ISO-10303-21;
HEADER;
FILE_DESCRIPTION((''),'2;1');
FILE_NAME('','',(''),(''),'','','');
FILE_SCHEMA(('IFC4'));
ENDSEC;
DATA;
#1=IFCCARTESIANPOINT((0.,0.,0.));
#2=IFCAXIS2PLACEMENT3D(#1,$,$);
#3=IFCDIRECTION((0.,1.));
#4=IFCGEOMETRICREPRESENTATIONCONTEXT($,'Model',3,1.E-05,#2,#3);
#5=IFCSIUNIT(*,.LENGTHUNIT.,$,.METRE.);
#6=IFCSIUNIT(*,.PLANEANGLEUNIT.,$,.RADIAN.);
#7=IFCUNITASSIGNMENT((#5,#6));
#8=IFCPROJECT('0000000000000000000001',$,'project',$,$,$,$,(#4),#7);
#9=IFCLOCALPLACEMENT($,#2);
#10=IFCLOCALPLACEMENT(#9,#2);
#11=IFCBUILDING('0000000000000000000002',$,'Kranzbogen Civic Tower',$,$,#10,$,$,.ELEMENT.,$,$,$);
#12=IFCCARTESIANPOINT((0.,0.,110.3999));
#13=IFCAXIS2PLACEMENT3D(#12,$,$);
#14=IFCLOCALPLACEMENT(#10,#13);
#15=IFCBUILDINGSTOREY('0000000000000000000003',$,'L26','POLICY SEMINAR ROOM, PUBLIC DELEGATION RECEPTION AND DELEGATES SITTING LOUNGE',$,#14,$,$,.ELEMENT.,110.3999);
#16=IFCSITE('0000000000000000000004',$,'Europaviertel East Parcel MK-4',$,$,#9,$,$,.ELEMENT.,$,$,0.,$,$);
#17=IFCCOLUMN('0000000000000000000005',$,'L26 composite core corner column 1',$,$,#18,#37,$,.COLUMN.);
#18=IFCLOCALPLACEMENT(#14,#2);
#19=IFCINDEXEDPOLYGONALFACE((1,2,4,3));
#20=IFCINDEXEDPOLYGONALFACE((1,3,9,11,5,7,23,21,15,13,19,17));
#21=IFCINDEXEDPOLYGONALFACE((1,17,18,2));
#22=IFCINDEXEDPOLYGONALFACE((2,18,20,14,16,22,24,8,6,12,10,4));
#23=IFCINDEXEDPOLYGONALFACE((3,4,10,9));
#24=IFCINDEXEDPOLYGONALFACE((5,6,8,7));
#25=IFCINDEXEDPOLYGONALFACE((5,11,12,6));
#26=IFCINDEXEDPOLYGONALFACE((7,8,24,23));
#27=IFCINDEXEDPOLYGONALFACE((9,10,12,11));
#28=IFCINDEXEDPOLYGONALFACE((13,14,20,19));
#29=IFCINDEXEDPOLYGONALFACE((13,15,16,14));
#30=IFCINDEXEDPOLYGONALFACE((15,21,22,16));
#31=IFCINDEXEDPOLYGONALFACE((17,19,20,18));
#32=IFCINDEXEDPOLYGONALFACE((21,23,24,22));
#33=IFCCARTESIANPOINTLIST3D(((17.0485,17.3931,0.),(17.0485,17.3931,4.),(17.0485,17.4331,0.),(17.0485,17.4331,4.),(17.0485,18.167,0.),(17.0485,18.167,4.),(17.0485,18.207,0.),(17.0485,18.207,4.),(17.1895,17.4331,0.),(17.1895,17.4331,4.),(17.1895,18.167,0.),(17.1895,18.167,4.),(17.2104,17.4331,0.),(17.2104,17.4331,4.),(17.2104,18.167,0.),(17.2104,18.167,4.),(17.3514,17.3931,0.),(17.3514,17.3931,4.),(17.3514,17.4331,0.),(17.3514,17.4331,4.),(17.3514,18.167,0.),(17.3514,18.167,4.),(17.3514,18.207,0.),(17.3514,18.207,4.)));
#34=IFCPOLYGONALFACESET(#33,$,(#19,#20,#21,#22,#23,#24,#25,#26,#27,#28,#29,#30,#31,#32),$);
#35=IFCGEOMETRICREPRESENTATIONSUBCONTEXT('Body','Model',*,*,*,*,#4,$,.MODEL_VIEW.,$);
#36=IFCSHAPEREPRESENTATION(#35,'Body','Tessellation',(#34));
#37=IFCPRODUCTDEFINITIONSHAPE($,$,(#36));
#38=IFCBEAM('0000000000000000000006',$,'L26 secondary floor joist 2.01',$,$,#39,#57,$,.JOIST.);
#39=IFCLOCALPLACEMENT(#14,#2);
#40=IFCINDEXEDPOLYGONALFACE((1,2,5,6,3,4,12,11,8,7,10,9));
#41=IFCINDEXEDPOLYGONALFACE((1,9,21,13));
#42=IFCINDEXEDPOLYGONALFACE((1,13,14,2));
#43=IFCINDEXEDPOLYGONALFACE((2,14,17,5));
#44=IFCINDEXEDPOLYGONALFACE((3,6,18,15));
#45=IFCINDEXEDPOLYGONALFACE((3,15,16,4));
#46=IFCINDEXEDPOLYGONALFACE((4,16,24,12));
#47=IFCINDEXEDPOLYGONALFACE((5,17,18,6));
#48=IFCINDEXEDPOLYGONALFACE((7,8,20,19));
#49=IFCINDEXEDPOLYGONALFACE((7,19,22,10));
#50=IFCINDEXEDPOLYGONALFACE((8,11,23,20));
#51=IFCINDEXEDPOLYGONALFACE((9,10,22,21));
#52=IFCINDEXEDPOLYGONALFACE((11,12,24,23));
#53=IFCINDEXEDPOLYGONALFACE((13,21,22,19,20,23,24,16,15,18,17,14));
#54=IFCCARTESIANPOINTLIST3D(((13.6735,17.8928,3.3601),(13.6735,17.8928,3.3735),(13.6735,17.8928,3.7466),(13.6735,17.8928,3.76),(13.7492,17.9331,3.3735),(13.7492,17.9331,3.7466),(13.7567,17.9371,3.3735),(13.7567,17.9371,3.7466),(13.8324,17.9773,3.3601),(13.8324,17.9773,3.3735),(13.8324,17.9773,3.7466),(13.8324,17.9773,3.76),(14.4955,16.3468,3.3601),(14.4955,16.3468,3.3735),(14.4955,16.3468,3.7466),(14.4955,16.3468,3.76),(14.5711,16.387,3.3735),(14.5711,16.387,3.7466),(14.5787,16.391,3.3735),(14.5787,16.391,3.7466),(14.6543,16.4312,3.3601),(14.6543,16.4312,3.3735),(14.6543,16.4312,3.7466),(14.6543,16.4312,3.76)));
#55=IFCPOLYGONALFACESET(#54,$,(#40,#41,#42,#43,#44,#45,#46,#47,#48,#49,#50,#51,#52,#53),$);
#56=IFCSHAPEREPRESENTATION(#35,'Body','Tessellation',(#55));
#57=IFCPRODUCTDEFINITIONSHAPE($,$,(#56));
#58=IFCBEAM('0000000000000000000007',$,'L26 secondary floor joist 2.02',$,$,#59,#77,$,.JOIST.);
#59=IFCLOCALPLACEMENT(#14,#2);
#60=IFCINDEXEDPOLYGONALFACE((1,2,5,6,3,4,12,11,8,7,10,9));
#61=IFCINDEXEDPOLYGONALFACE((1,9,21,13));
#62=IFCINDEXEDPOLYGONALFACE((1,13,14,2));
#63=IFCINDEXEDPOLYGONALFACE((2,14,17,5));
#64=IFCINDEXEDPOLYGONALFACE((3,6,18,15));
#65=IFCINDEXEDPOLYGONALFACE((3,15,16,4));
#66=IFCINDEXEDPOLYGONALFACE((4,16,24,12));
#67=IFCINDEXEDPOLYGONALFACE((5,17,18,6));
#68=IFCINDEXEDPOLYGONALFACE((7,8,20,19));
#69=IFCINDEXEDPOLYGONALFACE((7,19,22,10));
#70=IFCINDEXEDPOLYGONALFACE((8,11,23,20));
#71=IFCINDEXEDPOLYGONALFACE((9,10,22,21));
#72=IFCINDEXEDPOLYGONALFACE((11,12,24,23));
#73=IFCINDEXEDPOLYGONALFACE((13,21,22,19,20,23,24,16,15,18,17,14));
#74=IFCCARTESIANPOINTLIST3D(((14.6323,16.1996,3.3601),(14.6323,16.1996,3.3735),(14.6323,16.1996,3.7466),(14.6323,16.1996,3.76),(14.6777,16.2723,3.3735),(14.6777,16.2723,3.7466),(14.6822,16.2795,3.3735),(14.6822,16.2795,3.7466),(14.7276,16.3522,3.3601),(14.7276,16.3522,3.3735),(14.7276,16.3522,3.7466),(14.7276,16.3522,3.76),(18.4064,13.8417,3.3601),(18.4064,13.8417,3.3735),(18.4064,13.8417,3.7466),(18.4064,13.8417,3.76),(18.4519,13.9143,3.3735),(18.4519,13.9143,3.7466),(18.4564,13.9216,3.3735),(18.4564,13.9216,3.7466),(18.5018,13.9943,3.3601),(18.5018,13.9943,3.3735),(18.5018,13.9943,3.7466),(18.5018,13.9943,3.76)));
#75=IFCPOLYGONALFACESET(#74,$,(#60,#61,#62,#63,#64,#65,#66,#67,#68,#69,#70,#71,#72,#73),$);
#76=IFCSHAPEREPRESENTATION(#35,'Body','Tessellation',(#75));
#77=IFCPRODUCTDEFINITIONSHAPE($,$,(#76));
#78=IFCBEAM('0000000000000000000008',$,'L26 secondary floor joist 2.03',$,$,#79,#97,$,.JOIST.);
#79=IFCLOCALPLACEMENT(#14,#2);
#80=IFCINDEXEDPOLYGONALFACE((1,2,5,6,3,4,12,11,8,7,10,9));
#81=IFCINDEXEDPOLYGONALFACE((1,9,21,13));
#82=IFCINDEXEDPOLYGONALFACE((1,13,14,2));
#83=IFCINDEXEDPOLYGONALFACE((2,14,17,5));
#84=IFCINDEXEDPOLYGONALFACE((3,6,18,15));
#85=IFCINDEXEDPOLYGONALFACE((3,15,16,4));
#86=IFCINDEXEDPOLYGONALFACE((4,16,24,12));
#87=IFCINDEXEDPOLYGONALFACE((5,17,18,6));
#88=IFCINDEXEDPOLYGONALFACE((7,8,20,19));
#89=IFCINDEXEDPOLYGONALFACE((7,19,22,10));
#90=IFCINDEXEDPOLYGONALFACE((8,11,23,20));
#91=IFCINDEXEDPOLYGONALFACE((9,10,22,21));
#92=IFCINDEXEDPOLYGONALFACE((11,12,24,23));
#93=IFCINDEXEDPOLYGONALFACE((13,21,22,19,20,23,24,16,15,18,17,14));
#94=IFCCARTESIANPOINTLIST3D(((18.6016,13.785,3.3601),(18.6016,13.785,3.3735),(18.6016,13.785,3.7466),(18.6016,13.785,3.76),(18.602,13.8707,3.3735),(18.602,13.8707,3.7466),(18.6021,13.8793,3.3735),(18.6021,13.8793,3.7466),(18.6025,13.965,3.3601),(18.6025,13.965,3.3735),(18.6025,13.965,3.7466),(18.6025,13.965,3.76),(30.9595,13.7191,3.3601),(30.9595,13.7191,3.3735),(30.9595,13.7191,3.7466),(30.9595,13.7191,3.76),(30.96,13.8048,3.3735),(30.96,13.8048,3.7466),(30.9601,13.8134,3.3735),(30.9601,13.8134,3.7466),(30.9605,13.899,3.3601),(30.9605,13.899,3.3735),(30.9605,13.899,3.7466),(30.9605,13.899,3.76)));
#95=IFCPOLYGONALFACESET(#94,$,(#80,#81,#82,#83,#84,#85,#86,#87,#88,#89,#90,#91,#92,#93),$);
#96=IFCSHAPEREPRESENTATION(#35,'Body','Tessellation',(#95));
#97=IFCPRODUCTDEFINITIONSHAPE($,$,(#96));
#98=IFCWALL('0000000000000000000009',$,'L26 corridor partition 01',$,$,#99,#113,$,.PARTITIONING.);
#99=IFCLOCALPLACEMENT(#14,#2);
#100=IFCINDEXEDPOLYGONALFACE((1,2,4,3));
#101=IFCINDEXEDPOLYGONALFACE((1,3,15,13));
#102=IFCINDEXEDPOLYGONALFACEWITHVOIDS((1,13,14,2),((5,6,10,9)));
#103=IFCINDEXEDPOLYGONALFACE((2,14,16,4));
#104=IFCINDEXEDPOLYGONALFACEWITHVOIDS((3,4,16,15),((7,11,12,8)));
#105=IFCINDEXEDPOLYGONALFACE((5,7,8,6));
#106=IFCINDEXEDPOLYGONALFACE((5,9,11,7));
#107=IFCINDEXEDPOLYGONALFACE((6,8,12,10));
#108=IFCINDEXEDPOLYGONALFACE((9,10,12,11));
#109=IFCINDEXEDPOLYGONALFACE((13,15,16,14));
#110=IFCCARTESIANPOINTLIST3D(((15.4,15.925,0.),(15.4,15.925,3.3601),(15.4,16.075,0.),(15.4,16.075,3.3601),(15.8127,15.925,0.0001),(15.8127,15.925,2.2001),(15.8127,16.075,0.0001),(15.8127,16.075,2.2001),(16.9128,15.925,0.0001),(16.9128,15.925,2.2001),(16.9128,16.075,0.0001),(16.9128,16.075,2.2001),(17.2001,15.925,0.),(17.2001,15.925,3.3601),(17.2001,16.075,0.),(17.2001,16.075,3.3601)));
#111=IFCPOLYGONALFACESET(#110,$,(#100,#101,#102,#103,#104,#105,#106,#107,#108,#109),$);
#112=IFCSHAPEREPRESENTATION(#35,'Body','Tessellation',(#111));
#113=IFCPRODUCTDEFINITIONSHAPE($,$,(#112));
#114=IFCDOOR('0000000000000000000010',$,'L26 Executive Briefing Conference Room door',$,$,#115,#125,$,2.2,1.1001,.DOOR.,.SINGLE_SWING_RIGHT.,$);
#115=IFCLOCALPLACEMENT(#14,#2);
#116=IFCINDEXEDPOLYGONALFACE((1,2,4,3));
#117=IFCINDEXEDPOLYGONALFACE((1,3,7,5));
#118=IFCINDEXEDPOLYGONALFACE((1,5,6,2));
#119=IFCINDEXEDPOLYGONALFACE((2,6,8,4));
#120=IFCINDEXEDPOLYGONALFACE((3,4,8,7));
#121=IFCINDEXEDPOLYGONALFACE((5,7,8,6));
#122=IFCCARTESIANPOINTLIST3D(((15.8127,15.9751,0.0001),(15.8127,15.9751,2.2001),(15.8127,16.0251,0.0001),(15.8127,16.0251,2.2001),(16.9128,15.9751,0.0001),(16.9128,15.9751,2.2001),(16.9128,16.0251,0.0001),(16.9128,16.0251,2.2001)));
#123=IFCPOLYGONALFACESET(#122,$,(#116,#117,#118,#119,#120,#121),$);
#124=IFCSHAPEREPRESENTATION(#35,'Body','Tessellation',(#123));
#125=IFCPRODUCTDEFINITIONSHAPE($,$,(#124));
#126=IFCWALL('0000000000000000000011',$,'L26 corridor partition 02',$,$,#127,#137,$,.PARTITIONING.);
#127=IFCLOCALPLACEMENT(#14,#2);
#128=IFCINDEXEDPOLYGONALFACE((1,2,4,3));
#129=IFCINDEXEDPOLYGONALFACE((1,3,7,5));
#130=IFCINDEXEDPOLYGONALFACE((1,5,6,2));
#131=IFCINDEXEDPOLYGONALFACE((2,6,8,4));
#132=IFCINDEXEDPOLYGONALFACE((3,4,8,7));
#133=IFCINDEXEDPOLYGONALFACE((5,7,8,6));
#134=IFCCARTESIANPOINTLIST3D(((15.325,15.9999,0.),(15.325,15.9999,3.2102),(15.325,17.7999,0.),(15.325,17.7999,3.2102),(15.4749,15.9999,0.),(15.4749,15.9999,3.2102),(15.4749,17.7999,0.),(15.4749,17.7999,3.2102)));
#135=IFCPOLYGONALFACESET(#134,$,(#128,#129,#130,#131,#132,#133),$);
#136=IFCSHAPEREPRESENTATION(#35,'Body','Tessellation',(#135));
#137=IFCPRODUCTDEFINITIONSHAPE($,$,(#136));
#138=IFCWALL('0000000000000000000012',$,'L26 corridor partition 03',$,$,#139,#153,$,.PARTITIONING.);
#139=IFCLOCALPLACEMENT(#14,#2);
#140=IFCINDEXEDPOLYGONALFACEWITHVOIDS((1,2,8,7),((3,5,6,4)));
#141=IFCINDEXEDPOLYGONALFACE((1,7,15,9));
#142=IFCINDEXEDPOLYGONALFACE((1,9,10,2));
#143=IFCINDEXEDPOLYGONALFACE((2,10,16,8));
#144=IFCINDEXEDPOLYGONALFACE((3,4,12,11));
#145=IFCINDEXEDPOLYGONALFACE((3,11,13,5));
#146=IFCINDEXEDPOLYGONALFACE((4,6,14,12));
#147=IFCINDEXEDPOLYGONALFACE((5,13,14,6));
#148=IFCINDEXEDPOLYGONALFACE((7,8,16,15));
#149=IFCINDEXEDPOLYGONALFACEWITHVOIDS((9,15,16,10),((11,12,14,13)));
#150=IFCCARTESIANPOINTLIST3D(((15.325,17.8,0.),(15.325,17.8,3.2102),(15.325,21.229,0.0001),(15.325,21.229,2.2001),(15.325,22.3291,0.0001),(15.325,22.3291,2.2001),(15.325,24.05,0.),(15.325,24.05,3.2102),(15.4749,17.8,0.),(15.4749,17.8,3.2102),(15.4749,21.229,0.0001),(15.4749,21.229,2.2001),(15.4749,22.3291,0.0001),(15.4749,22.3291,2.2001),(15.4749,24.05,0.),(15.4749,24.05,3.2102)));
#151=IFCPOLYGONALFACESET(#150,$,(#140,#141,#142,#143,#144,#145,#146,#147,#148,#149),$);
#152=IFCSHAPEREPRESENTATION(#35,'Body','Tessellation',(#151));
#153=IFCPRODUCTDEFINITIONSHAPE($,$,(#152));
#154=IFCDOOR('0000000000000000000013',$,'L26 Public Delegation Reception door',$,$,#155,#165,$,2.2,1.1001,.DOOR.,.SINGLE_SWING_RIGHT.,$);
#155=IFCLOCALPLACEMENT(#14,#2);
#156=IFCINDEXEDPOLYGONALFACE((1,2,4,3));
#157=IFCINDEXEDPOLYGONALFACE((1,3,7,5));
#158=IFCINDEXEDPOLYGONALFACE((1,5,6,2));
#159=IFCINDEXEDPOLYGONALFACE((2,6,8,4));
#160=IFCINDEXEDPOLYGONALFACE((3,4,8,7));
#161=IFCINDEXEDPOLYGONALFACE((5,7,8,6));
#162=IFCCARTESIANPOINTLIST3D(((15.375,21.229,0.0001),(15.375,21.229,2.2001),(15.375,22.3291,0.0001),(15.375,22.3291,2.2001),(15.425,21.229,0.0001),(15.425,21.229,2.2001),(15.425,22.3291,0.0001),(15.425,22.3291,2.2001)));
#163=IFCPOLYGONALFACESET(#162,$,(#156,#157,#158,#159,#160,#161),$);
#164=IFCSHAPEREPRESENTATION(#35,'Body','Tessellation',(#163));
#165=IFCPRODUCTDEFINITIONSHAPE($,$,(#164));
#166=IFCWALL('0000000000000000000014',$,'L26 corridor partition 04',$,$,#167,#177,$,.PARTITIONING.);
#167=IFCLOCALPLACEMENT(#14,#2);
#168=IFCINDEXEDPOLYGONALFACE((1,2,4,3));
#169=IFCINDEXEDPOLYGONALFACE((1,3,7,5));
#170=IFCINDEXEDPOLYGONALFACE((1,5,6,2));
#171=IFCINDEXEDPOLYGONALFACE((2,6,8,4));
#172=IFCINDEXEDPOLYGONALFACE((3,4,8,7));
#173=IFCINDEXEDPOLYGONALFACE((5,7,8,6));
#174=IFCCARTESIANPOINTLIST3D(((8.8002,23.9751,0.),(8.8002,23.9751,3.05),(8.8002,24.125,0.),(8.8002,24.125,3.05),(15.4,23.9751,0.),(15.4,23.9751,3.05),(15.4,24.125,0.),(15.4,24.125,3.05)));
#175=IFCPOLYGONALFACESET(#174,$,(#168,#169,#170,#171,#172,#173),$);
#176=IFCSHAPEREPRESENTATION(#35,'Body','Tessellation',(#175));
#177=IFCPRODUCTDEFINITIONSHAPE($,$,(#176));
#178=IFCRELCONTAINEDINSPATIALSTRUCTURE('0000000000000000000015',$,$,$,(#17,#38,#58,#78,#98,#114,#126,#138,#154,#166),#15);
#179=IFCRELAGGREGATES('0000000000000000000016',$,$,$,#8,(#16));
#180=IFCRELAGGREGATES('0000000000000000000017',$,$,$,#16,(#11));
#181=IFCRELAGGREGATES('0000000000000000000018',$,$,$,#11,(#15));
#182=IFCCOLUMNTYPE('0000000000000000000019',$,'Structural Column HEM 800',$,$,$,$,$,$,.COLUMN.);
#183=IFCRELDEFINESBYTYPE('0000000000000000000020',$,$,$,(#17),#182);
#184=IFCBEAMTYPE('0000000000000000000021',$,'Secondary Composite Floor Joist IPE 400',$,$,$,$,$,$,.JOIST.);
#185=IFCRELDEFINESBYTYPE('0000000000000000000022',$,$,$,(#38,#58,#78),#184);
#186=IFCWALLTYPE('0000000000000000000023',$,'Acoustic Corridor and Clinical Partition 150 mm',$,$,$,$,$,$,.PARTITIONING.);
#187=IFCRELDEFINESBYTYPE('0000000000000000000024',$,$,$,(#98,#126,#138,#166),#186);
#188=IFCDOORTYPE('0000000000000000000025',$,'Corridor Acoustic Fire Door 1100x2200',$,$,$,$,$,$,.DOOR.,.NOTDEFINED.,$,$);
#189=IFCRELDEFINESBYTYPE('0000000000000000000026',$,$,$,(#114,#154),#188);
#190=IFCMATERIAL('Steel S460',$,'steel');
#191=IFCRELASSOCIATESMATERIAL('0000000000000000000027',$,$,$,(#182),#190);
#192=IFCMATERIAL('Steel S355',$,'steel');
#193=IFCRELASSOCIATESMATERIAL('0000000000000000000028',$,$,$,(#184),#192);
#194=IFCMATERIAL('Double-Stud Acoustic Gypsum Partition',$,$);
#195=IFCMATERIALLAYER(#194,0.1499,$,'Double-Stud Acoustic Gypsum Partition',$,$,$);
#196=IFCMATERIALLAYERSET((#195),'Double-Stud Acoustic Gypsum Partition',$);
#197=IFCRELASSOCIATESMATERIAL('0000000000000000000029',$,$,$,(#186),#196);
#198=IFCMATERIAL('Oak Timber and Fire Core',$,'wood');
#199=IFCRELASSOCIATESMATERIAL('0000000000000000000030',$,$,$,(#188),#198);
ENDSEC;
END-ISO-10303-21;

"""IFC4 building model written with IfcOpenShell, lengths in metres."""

from ifc_helpers import new_model, si_unit, direction, frame, frame_2d, origin, origin_2d, place, context, subcontext, project, spatial, rectangle, i_section, extrude, material, layer, layer_set, material_profile, profile_set, type_object, element, fill, save


model = new_model("IFC4")

# Units and contexts
model_context = context("Model", 3, precision=1e-05, world=origin(), true_north=direction((0.0, 1.0)))
body_context = subcontext(model_context, "Body", "Model", "MODEL_VIEW")
ifc_project = project(units=[si_unit("LENGTHUNIT", "METRE"), si_unit("PLANEANGLEUNIT", "RADIAN")], contexts=[model_context])

# Site, building, storey
site_placement = place(None, origin())
site = spatial("IfcSite", under=ifc_project, at=site_placement, Name="Europaviertel East Parcel MK-4", CompositionType="ELEMENT", RefElevation=0.0)
building_placement = place(site_placement, origin())
building = spatial("IfcBuilding", under=site, at=building_placement, Name="Kranzbogen Civic Tower", CompositionType="ELEMENT")
storey_placement = place(building_placement, frame((0.0, 0.0, 110.3999)))
storey = spatial("IfcBuildingStorey", under=building, at=storey_placement, Name="L26", Description="POLICY SEMINAR ROOM, PUBLIC DELEGATION RECEPTION AND DELEGATES SITTING LOUNGE", CompositionType="ELEMENT", Elevation=110.3999)

# Column
ifc_material_1 = material(Name="Steel S460", Category="steel")
ifc_material_profile_1 = material_profile(ifc_material_1, i_section(OverallWidth=0.303, OverallDepth=0.814, WebThickness=0.021, FlangeThickness=0.04, at=origin_2d()), Name="HEM 800")
ifc_profile_set_1 = profile_set([ifc_material_profile_1], Name="Steel S460")
column_type = type_object("IfcColumnType", Name="Structural Column HEM 800", PredefinedType="COLUMN", material=ifc_profile_set_1)
column_placement = place(storey_placement, frame((17.2, 17.8, 0.0), z_axis=(0.0, 0.0, 1.0), x_axis=(1.0, 0.0, 0.0)))
element("IfcColumn", 1, at=column_placement, inside=storey, type_object=column_type, Name="L26 composite core corner column 1", PredefinedType="COLUMN", context=body_context, shape_type="SweptSolid", body=[
    extrude(i_section(OverallWidth=0.303, OverallDepth=0.814, WebThickness=0.021, FlangeThickness=0.04, at=origin_2d()), origin(), (0.0, 0.0, 1.0), 4.0),
])

# Beams
ifc_material_2 = material(Name="Steel S355", Category="steel")
ifc_material_profile_2 = material_profile(ifc_material_2, i_section(OverallWidth=0.1799, OverallDepth=0.3999, WebThickness=0.0085, FlangeThickness=0.0134, at=origin_2d()), Name="IPE 400")
ifc_profile_set_2 = profile_set([ifc_material_profile_2], Name="Steel S355")
beam_type = type_object("IfcBeamType", Name="Secondary Composite Floor Joist IPE 400", PredefinedType="JOIST", material=ifc_profile_set_2)
beam_1_placement = place(storey_placement, frame((13.7529, 17.9351, 3.5601), z_axis=(0.469437, -0.882966, 0.0), x_axis=(0.882966, 0.469437, 0.0)))
element("IfcBeam", 2, at=beam_1_placement, inside=storey, type_object=beam_type, Name="L26 secondary floor joist 2.01", PredefinedType="JOIST", context=body_context, shape_type="SweptSolid", body=[
    extrude(i_section(OverallWidth=0.1799, OverallDepth=0.3999, WebThickness=0.0085, FlangeThickness=0.0134, at=origin_2d()), origin(), (0.0, 0.0, 1.0), 1.751),
])
beam_2_placement = place(storey_placement, frame((14.6799, 16.2759, 3.5601), z_axis=(0.848094, -0.529846, 0.0), x_axis=(0.529846, 0.848094, 0.0)))
element("IfcBeam", 3, at=beam_2_placement, inside=storey, type_object=beam_type, Name="L26 secondary floor joist 2.02", PredefinedType="JOIST", context=body_context, shape_type="SweptSolid", body=[
    extrude(i_section(OverallWidth=0.1799, OverallDepth=0.3999, WebThickness=0.0085, FlangeThickness=0.0134, at=origin_2d()), origin(), (0.0, 0.0, 1.0), 4.4502),
])
beam_3_placement = place(storey_placement, frame((18.6021, 13.875, 3.5601), z_axis=(0.999986, -0.005334, 0.0), x_axis=(0.005334, 0.999986, 0.0)))
element("IfcBeam", 4, at=beam_3_placement, inside=storey, type_object=beam_type, Name="L26 secondary floor joist 2.03", PredefinedType="JOIST", context=body_context, shape_type="SweptSolid", body=[
    extrude(i_section(OverallWidth=0.1799, OverallDepth=0.3999, WebThickness=0.0085, FlangeThickness=0.0134, at=origin_2d()), origin(), (0.0, 0.0, 1.0), 12.3582),
])

# Wall, opening, door
ifc_material_3 = material(Name="Double-Stud Acoustic Gypsum Partition")
ifc_layer_1 = layer(ifc_material_3, 0.1499, Name="Double-Stud Acoustic Gypsum Partition")
ifc_layer_set_1 = layer_set([ifc_layer_1], Name="Double-Stud Acoustic Gypsum Partition")
wall_type_1 = type_object("IfcWallType", Name="Acoustic Corridor and Clinical Partition 150 mm", PredefinedType="PARTITIONING", material=ifc_layer_set_1)
wall_1_placement = place(storey_placement, frame((17.2, 16.0, 0.0), z_axis=(0.0, 0.0, 1.0), x_axis=(-1.0, 0.0, 0.0)))
wall_1 = element("IfcWall", 5, at=wall_1_placement, inside=storey, type_object=wall_type_1, Name="L26 corridor partition 01", PredefinedType="PARTITIONING", context=body_context, shape_type="SweptSolid", body=[
    extrude(rectangle(XDim=1.8, YDim=0.1499, at=frame_2d((0.8999, 0.0))), origin(), (0.0, 0.0, 1.0), 3.3601),
])
opening_1_placement = place(wall_1_placement, frame((0.2871, 0.0, 0.0)))
opening_1 = element("IfcOpeningElement", 6, at=opening_1_placement, cuts=wall_1, PredefinedType="OPENING", context=body_context, shape_type="SweptSolid", body=[
    extrude(rectangle(XDim=1.1001, YDim=2.2, at=frame_2d((0.55, 1.1001))), frame((0.0, 0.085, 0.0), z_axis=(0.0, -1.0, 0.0), x_axis=(1.0, 0.0, 0.0)), (0.0, 0.0, 1.0), 0.1699),
])
ifc_material_4 = material(Name="Oak Timber and Fire Core", Category="wood")
door_type_1 = type_object("IfcDoorType", Name="Corridor Acoustic Fire Door 1100x2200", OperationType="NOTDEFINED", PredefinedType="DOOR", material=ifc_material_4)
door_1_placement = place(opening_1_placement, origin())
door_1 = element("IfcDoor", 7, at=door_1_placement, inside=storey, type_object=door_type_1, Name="L26 Executive Briefing Conference Room door", OperationType="SINGLE_SWING_RIGHT", OverallHeight=2.2, OverallWidth=1.1001, PredefinedType="DOOR", context=body_context, shape_type="SweptSolid", body=[
    extrude(rectangle(XDim=1.1001, YDim=2.2, at=frame_2d((0.55, 1.1001))), frame((0.0, 0.0249, 0.0), z_axis=(0.0, -1.0, 0.0), x_axis=(1.0, 0.0, 0.0)), (0.0, 0.0, 1.0), 0.05),
])
fill(opening_1, door_1)

# Wall
wall_2_placement = place(storey_placement, frame((15.3999, 16.0, 0.0), z_axis=(0.0, 0.0, 1.0), x_axis=(0.0, 1.0, 0.0)))
element("IfcWall", 8, at=wall_2_placement, inside=storey, type_object=wall_type_1, Name="L26 corridor partition 02", PredefinedType="PARTITIONING", context=body_context, shape_type="SweptSolid", body=[
    extrude(rectangle(XDim=1.8, YDim=0.1499, at=frame_2d((0.8999, 0.0))), origin(), (0.0, 0.0, 1.0), 3.2102),
])

# Wall, opening, door
wall_3_placement = place(storey_placement, frame((15.3999, 17.8, 0.0), z_axis=(0.0, 0.0, 1.0), x_axis=(0.0, 1.0, 0.0)))
wall_3 = element("IfcWall", 9, at=wall_3_placement, inside=storey, type_object=wall_type_1, Name="L26 corridor partition 03", PredefinedType="PARTITIONING", context=body_context, shape_type="SweptSolid", body=[
    extrude(rectangle(XDim=6.25, YDim=0.1499, at=frame_2d((3.125, 0.0))), origin(), (0.0, 0.0, 1.0), 3.2102),
])
opening_2_placement = place(wall_3_placement, frame((3.429, 0.0, 0.0)))
opening_2 = element("IfcOpeningElement", 10, at=opening_2_placement, cuts=wall_3, PredefinedType="OPENING", context=body_context, shape_type="SweptSolid", body=[
    extrude(rectangle(XDim=1.1001, YDim=2.2, at=frame_2d((0.55, 1.1001))), frame((0.0, 0.085, 0.0), z_axis=(0.0, -1.0, 0.0), x_axis=(1.0, 0.0, 0.0)), (0.0, 0.0, 1.0), 0.1699),
])
door_2_placement = place(opening_2_placement, origin())
door_2 = element("IfcDoor", 11, at=door_2_placement, inside=storey, type_object=door_type_1, Name="L26 Public Delegation Reception door", OperationType="SINGLE_SWING_RIGHT", OverallHeight=2.2, OverallWidth=1.1001, PredefinedType="DOOR", context=body_context, shape_type="SweptSolid", body=[
    extrude(rectangle(XDim=1.1001, YDim=2.2, at=frame_2d((0.55, 1.1001))), frame((0.0, 0.0249, 0.0), z_axis=(0.0, -1.0, 0.0), x_axis=(1.0, 0.0, 0.0)), (0.0, 0.0, 1.0), 0.05),
])
fill(opening_2, door_2)

# Wall
wall_4_placement = place(storey_placement, frame((15.3999, 24.05, 0.0), z_axis=(0.0, 0.0, 1.0), x_axis=(-1.0, 0.0, 0.0)))
element("IfcWall", 12, at=wall_4_placement, inside=storey, type_object=wall_type_1, Name="L26 corridor partition 04", PredefinedType="PARTITIONING", context=body_context, shape_type="SweptSolid", body=[
    extrude(rectangle(XDim=6.5999, YDim=0.1499, at=frame_2d((3.2998, 0.0))), origin(), (0.0, 0.0, 1.0), 3.05),
])

save(model, "model.ifc")
